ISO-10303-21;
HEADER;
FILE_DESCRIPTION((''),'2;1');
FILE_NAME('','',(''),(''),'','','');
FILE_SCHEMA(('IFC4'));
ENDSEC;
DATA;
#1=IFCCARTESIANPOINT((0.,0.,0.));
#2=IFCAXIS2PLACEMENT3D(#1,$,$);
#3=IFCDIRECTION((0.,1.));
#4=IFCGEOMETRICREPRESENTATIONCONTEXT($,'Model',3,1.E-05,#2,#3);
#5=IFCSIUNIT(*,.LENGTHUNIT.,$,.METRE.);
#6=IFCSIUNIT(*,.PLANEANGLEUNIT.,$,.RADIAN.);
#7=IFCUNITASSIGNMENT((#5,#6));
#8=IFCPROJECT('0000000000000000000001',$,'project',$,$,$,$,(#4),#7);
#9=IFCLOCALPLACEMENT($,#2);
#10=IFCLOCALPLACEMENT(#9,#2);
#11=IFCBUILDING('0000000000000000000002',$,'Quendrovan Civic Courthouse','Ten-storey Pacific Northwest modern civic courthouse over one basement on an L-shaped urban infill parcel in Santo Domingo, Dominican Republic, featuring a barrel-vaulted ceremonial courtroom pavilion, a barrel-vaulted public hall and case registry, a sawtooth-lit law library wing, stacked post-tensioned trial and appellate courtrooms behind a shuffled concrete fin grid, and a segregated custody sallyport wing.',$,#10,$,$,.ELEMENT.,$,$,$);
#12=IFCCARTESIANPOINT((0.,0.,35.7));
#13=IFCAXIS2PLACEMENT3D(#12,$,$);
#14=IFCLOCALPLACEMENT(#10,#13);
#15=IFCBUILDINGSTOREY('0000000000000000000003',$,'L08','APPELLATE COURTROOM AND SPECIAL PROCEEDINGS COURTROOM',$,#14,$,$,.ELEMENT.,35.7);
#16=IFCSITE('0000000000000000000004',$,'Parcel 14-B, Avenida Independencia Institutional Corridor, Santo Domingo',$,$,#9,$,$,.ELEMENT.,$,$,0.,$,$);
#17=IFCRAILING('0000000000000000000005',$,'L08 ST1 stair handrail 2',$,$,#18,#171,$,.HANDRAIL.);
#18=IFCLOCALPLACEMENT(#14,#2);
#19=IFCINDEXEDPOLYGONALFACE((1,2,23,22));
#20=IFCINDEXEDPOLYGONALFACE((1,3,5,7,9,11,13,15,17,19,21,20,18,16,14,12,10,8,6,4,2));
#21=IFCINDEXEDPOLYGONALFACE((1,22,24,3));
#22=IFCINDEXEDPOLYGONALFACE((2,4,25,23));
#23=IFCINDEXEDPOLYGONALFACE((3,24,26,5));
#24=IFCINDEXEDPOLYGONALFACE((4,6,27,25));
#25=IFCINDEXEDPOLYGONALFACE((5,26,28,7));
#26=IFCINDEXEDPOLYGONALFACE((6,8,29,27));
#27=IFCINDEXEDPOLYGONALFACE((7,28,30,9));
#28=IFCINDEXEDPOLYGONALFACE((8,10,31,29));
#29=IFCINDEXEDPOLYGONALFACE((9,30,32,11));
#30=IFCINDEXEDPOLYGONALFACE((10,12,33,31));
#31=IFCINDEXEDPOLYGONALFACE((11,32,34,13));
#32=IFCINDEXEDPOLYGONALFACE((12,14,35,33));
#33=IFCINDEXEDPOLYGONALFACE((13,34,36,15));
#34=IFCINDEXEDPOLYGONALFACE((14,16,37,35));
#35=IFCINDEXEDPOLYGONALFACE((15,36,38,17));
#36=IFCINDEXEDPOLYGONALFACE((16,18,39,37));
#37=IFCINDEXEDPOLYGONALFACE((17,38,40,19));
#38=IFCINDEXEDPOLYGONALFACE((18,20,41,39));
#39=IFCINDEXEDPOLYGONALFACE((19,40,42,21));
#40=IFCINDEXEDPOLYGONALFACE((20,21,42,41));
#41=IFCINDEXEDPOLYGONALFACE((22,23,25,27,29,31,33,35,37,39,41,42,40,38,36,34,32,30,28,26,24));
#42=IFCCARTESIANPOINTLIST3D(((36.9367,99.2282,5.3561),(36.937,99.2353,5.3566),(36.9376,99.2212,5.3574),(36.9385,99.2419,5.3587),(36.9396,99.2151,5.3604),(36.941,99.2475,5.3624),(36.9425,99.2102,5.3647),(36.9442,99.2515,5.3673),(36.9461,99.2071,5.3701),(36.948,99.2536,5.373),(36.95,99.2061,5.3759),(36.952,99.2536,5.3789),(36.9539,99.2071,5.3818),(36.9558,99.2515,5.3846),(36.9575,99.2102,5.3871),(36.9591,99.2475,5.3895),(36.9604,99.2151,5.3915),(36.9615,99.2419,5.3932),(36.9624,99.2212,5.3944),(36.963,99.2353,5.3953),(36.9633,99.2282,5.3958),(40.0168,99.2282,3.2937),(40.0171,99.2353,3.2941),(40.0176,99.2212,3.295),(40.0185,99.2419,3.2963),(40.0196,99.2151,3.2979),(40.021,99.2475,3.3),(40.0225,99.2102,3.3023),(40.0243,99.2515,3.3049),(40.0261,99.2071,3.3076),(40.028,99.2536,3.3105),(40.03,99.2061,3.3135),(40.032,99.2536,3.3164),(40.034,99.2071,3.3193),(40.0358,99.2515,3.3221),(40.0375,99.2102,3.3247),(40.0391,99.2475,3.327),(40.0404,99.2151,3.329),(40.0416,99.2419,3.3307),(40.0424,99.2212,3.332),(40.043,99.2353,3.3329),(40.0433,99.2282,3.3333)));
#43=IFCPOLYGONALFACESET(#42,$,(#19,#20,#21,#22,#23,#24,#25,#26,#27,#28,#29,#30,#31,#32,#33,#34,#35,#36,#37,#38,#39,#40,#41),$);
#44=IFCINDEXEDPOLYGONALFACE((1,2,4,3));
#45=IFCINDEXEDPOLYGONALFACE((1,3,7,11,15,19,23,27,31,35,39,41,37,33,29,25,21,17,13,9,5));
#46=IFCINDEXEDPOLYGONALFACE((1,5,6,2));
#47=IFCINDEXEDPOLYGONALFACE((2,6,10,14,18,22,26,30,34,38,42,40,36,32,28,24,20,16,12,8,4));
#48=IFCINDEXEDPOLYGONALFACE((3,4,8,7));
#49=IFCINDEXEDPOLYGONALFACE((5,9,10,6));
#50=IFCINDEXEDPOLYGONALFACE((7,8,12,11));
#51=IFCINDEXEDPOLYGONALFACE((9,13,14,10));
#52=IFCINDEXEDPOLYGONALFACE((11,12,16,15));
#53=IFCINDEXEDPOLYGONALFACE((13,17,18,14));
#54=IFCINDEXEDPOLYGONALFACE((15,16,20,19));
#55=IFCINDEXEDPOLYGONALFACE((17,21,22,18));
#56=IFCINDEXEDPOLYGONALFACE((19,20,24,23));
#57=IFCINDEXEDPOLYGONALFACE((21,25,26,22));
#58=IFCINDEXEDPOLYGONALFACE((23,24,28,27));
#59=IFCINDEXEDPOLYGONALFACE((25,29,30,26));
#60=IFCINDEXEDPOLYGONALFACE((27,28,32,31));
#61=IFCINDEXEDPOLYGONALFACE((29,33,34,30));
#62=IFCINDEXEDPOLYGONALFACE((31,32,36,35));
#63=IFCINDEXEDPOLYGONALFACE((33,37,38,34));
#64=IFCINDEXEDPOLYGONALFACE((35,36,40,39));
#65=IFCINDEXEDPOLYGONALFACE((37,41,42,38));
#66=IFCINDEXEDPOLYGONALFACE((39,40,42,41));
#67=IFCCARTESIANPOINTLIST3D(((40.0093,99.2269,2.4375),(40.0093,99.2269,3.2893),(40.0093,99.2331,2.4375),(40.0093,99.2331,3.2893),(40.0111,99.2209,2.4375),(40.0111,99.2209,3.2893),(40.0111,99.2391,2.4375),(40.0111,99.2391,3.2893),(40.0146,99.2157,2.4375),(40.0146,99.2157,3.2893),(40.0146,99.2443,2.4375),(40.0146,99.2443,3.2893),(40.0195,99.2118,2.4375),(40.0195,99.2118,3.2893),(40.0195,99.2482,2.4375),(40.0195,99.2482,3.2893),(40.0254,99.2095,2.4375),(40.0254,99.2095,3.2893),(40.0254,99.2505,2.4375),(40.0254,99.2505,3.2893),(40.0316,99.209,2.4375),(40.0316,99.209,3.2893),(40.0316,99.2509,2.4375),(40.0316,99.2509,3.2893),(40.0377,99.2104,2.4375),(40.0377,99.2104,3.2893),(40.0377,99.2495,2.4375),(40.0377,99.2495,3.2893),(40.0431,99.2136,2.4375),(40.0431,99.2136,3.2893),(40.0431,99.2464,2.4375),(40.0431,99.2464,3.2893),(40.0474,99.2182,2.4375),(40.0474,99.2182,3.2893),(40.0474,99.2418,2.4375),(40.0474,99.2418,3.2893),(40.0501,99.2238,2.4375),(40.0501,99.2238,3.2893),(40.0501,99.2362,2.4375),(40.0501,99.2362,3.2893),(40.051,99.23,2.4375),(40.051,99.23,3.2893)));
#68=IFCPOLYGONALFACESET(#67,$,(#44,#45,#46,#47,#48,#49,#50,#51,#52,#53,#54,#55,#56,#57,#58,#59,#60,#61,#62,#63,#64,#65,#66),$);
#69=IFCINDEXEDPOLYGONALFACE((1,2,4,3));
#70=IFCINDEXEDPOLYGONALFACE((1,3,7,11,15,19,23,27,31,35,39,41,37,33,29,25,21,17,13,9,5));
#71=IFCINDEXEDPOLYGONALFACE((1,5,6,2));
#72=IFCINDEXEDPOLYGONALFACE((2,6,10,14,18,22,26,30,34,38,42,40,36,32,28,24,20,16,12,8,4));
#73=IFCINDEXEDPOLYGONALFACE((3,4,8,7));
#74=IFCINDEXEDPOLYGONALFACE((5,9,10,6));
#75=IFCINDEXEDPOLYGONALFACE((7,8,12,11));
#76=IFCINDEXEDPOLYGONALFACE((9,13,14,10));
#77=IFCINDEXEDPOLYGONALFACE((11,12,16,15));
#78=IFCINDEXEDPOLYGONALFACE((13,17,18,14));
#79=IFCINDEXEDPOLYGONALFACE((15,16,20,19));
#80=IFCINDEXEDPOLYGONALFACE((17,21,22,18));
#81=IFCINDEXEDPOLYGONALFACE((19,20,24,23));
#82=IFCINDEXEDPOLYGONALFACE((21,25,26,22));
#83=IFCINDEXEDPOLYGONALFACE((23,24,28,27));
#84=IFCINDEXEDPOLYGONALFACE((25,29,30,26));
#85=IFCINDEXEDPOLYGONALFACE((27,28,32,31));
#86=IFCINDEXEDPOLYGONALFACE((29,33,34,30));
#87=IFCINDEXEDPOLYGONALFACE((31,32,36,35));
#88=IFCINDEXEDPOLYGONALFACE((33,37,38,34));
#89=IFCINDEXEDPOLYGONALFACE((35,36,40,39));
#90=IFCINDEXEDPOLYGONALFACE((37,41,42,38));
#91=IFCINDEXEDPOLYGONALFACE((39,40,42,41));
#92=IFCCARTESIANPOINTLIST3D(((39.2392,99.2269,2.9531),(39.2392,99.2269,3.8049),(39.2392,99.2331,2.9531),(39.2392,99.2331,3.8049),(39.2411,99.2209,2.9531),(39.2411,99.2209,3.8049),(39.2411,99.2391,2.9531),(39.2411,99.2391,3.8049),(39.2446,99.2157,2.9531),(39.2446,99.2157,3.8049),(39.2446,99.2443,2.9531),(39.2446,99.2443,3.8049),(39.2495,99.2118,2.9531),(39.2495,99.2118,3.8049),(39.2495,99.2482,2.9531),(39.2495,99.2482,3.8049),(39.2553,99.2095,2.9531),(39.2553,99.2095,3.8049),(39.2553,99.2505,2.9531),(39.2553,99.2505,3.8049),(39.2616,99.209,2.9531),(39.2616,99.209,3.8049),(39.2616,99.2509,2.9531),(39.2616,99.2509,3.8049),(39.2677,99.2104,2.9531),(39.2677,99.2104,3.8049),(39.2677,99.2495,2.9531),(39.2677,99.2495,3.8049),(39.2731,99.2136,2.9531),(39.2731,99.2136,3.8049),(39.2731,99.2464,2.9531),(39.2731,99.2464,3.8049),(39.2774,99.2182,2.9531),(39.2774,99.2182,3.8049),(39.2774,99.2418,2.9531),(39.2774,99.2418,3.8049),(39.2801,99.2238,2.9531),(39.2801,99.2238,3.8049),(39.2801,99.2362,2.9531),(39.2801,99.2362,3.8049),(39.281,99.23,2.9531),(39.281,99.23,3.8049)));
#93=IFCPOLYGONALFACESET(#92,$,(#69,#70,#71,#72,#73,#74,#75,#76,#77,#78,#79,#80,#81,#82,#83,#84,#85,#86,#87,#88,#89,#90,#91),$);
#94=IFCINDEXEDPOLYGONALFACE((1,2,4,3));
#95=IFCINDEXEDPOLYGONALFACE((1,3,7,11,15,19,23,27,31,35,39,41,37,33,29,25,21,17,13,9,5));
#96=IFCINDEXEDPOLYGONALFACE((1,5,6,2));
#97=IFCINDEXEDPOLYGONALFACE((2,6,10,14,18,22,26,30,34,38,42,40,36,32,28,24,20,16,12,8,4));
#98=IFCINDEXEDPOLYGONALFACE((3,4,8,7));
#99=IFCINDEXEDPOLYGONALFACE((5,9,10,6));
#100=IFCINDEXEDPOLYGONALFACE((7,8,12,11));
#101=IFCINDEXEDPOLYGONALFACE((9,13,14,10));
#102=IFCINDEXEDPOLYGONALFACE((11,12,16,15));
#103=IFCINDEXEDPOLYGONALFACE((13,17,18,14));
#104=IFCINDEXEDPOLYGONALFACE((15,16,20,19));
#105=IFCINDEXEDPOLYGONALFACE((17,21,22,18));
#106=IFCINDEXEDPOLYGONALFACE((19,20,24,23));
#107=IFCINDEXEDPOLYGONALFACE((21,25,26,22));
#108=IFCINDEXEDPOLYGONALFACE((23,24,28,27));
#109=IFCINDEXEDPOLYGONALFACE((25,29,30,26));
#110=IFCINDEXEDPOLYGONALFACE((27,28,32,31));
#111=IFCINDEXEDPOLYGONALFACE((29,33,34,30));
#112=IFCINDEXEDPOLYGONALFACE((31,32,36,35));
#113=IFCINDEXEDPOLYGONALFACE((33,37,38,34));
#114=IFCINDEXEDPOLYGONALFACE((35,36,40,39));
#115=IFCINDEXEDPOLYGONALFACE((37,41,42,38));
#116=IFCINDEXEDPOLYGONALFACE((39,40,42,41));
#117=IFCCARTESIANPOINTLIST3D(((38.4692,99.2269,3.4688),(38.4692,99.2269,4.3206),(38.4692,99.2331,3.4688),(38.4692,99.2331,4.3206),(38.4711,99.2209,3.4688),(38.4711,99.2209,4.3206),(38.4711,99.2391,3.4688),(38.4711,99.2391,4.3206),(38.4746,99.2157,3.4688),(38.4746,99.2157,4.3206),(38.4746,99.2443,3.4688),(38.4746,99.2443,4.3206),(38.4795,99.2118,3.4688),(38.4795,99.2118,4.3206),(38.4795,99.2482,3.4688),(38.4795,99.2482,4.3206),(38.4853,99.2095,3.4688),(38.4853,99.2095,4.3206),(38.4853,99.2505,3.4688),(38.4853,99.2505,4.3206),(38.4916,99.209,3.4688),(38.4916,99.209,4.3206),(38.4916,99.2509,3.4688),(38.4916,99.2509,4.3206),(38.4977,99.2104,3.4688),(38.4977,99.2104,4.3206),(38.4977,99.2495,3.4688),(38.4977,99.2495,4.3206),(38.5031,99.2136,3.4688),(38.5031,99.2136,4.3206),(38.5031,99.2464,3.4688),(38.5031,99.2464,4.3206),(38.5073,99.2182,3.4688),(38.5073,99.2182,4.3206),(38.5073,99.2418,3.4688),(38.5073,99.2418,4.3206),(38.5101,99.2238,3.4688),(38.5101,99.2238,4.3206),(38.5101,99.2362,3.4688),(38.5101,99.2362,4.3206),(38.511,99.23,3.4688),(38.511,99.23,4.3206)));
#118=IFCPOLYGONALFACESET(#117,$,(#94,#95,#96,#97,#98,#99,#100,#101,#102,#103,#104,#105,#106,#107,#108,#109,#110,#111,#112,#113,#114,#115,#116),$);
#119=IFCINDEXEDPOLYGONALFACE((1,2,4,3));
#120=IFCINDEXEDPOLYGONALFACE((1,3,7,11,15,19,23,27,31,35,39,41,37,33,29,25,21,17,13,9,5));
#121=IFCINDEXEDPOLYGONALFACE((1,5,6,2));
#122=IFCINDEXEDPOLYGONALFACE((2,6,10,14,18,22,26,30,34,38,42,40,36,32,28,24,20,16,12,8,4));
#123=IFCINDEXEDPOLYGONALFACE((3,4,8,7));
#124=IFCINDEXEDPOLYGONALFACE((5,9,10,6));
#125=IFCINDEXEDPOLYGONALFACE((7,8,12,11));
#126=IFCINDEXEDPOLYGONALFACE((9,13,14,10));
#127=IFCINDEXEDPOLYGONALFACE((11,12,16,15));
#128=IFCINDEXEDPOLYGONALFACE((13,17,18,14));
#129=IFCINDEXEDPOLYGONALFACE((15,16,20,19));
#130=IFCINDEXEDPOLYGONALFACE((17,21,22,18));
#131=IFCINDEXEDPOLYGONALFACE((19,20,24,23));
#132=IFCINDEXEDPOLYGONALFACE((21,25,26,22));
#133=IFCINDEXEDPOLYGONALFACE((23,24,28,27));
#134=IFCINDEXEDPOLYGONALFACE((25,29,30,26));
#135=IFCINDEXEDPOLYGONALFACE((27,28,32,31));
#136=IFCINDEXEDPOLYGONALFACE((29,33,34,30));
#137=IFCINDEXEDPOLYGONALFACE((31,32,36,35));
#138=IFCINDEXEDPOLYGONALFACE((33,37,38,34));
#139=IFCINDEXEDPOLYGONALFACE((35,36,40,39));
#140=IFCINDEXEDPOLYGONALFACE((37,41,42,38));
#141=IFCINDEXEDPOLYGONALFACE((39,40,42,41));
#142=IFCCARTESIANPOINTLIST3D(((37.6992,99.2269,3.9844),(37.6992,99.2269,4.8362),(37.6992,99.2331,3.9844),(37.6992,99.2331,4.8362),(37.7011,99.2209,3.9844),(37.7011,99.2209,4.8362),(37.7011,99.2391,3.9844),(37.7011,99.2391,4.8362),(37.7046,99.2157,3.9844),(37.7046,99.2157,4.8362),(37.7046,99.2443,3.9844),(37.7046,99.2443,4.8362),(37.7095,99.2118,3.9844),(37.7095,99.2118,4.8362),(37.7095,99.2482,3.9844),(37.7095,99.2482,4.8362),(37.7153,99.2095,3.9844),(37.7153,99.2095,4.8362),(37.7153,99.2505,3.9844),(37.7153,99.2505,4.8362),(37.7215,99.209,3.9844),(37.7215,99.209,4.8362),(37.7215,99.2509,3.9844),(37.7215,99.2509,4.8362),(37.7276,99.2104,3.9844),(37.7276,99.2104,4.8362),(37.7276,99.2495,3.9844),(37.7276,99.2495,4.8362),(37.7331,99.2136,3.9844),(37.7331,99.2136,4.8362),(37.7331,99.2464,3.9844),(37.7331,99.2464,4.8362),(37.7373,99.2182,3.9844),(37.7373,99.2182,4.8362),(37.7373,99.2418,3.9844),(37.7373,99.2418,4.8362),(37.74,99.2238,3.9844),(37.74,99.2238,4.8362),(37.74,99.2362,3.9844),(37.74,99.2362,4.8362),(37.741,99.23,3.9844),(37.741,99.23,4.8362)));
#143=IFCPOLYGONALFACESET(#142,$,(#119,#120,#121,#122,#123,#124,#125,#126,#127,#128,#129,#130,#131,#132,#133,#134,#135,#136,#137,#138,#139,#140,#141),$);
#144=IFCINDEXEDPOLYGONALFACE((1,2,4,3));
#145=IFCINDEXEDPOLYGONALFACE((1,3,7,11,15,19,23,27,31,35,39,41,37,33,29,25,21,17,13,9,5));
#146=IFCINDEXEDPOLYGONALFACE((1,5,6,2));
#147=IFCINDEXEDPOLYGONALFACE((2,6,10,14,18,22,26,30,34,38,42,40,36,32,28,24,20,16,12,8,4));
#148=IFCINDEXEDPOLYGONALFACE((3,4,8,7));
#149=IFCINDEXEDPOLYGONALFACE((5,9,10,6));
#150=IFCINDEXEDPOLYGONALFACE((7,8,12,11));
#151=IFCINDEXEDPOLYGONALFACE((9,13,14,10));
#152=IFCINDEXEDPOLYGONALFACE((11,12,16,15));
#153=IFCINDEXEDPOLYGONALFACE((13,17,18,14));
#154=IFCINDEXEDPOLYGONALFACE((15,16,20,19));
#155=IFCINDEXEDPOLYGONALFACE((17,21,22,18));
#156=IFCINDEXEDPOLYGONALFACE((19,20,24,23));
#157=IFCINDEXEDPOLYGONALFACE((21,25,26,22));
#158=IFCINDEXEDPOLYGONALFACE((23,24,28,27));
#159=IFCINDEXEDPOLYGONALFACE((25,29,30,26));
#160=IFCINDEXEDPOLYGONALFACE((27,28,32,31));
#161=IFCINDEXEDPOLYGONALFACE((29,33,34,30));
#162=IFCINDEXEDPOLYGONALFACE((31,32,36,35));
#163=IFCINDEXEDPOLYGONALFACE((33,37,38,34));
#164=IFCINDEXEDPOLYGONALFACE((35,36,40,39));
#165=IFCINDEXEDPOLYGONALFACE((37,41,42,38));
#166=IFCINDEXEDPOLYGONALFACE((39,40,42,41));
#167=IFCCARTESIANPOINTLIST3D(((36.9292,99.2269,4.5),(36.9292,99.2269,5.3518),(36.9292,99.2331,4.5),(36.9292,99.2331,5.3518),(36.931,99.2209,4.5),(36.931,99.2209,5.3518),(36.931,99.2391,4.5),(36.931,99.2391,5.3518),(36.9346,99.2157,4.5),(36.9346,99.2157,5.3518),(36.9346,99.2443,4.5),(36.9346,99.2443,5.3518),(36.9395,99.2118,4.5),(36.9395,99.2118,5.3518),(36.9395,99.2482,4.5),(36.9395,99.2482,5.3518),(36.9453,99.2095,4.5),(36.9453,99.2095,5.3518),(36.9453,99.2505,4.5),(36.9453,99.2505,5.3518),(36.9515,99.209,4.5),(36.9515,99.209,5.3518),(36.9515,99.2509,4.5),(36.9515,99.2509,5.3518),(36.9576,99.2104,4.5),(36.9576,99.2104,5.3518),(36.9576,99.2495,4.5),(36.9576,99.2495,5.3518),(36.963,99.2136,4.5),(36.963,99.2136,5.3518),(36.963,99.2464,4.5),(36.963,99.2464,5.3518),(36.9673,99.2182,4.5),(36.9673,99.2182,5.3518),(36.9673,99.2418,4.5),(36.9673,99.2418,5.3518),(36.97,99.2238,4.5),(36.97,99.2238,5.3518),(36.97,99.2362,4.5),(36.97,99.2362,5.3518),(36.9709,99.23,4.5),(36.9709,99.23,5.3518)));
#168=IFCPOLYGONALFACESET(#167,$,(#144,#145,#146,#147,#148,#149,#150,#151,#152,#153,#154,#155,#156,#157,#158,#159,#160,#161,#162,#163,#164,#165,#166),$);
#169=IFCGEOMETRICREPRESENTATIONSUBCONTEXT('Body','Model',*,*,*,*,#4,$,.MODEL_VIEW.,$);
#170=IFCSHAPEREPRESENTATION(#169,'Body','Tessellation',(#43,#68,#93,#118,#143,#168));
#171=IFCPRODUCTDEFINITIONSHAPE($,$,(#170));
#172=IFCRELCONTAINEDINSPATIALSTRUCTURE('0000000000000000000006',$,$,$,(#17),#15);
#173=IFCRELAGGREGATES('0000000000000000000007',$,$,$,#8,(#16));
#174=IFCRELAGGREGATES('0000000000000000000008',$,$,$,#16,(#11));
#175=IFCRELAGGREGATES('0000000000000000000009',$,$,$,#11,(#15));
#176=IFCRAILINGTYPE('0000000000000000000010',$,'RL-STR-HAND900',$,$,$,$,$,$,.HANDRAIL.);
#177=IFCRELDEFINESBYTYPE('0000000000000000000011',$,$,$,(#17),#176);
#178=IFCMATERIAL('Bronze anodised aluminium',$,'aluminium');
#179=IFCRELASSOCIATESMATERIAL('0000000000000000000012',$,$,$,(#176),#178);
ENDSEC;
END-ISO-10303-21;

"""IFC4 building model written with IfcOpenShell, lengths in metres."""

from ifc_helpers import new_model, si_unit, direction, frame, origin, origin_2d, place, context, subcontext, project, spatial, circle, extrude, material, type_object, element, save


model = new_model("IFC4")

# Units and contexts
model_context = context("Model", 3, precision=1e-05, world=origin(), true_north=direction((0.0, 1.0)))
body_context = subcontext(model_context, "Body", "Model", "MODEL_VIEW")
ifc_project = project(units=[si_unit("LENGTHUNIT", "METRE"), si_unit("PLANEANGLEUNIT", "RADIAN")], contexts=[model_context])

# Site, building, storey
site_placement = place(None, origin())
site = spatial("IfcSite", under=ifc_project, at=site_placement, Name="Parcel 14-B, Avenida Independencia Institutional Corridor, Santo Domingo", CompositionType="ELEMENT", RefElevation=0.0)
building_placement = place(site_placement, origin())
building = spatial("IfcBuilding", under=site, at=building_placement, Name="Quendrovan Civic Courthouse", Description="Ten-storey Pacific Northwest modern civic courthouse over one basement on an L-shaped urban infill parcel in Santo Domingo, Dominican Republic, featuring a barrel-vaulted ceremonial courtroom pavilion, a barrel-vaulted public hall and case registry, a sawtooth-lit law library wing, stacked post-tensioned trial and appellate courtrooms behind a shuffled concrete fin grid, and a segregated custody sallyport wing.", CompositionType="ELEMENT")
storey_placement = place(building_placement, frame((0.0, 0.0, 35.7)))
storey = spatial("IfcBuildingStorey", under=building, at=storey_placement, Name="L08", Description="APPELLATE COURTROOM AND SPECIAL PROCEEDINGS COURTROOM", CompositionType="ELEMENT", Elevation=35.7)

# Railing
ifc_material_1 = material(Name="Bronze anodised aluminium", Category="aluminium")
railing_type_1 = type_object("IfcRailingType", Name="RL-STR-HAND900", PredefinedType="HANDRAIL", material=ifc_material_1)
railing_1_placement = place(storey_placement, frame((40.03, 99.23, 2.4375)))
element("IfcRailing", 1, at=railing_1_placement, inside=storey, type_object=railing_type_1, Name="L08 ST1 stair handrail 2", PredefinedType="HANDRAIL", context=body_context, shape_type="SweptSolid", body=[
    extrude(circle(Radius=0.0239, at=origin_2d()), frame((0.0, 0.0, 0.876), z_axis=(-0.830914, 0.0, 0.556401), x_axis=(0.0, -1.0, 0.0)), (0.0, 0.0, 1.0), 3.7068),
    extrude(circle(Radius=0.021, at=origin_2d()), origin(), (0.0, 0.0, 1.0), 0.8518),
    extrude(circle(Radius=0.021, at=origin_2d()), frame((-0.77, 0.0, 0.5156)), (0.0, 0.0, 1.0), 0.8518),
    extrude(circle(Radius=0.021, at=origin_2d()), frame((-1.54, 0.0, 1.0312)), (0.0, 0.0, 1.0), 0.8518),
    extrude(circle(Radius=0.021, at=origin_2d()), frame((-2.3101, 0.0, 1.5469)), (0.0, 0.0, 1.0), 0.8518),
    extrude(circle(Radius=0.021, at=origin_2d()), frame((-3.0801, 0.0, 2.0625)), (0.0, 0.0, 1.0), 0.8518),
])

save(model, "model.ifc")
